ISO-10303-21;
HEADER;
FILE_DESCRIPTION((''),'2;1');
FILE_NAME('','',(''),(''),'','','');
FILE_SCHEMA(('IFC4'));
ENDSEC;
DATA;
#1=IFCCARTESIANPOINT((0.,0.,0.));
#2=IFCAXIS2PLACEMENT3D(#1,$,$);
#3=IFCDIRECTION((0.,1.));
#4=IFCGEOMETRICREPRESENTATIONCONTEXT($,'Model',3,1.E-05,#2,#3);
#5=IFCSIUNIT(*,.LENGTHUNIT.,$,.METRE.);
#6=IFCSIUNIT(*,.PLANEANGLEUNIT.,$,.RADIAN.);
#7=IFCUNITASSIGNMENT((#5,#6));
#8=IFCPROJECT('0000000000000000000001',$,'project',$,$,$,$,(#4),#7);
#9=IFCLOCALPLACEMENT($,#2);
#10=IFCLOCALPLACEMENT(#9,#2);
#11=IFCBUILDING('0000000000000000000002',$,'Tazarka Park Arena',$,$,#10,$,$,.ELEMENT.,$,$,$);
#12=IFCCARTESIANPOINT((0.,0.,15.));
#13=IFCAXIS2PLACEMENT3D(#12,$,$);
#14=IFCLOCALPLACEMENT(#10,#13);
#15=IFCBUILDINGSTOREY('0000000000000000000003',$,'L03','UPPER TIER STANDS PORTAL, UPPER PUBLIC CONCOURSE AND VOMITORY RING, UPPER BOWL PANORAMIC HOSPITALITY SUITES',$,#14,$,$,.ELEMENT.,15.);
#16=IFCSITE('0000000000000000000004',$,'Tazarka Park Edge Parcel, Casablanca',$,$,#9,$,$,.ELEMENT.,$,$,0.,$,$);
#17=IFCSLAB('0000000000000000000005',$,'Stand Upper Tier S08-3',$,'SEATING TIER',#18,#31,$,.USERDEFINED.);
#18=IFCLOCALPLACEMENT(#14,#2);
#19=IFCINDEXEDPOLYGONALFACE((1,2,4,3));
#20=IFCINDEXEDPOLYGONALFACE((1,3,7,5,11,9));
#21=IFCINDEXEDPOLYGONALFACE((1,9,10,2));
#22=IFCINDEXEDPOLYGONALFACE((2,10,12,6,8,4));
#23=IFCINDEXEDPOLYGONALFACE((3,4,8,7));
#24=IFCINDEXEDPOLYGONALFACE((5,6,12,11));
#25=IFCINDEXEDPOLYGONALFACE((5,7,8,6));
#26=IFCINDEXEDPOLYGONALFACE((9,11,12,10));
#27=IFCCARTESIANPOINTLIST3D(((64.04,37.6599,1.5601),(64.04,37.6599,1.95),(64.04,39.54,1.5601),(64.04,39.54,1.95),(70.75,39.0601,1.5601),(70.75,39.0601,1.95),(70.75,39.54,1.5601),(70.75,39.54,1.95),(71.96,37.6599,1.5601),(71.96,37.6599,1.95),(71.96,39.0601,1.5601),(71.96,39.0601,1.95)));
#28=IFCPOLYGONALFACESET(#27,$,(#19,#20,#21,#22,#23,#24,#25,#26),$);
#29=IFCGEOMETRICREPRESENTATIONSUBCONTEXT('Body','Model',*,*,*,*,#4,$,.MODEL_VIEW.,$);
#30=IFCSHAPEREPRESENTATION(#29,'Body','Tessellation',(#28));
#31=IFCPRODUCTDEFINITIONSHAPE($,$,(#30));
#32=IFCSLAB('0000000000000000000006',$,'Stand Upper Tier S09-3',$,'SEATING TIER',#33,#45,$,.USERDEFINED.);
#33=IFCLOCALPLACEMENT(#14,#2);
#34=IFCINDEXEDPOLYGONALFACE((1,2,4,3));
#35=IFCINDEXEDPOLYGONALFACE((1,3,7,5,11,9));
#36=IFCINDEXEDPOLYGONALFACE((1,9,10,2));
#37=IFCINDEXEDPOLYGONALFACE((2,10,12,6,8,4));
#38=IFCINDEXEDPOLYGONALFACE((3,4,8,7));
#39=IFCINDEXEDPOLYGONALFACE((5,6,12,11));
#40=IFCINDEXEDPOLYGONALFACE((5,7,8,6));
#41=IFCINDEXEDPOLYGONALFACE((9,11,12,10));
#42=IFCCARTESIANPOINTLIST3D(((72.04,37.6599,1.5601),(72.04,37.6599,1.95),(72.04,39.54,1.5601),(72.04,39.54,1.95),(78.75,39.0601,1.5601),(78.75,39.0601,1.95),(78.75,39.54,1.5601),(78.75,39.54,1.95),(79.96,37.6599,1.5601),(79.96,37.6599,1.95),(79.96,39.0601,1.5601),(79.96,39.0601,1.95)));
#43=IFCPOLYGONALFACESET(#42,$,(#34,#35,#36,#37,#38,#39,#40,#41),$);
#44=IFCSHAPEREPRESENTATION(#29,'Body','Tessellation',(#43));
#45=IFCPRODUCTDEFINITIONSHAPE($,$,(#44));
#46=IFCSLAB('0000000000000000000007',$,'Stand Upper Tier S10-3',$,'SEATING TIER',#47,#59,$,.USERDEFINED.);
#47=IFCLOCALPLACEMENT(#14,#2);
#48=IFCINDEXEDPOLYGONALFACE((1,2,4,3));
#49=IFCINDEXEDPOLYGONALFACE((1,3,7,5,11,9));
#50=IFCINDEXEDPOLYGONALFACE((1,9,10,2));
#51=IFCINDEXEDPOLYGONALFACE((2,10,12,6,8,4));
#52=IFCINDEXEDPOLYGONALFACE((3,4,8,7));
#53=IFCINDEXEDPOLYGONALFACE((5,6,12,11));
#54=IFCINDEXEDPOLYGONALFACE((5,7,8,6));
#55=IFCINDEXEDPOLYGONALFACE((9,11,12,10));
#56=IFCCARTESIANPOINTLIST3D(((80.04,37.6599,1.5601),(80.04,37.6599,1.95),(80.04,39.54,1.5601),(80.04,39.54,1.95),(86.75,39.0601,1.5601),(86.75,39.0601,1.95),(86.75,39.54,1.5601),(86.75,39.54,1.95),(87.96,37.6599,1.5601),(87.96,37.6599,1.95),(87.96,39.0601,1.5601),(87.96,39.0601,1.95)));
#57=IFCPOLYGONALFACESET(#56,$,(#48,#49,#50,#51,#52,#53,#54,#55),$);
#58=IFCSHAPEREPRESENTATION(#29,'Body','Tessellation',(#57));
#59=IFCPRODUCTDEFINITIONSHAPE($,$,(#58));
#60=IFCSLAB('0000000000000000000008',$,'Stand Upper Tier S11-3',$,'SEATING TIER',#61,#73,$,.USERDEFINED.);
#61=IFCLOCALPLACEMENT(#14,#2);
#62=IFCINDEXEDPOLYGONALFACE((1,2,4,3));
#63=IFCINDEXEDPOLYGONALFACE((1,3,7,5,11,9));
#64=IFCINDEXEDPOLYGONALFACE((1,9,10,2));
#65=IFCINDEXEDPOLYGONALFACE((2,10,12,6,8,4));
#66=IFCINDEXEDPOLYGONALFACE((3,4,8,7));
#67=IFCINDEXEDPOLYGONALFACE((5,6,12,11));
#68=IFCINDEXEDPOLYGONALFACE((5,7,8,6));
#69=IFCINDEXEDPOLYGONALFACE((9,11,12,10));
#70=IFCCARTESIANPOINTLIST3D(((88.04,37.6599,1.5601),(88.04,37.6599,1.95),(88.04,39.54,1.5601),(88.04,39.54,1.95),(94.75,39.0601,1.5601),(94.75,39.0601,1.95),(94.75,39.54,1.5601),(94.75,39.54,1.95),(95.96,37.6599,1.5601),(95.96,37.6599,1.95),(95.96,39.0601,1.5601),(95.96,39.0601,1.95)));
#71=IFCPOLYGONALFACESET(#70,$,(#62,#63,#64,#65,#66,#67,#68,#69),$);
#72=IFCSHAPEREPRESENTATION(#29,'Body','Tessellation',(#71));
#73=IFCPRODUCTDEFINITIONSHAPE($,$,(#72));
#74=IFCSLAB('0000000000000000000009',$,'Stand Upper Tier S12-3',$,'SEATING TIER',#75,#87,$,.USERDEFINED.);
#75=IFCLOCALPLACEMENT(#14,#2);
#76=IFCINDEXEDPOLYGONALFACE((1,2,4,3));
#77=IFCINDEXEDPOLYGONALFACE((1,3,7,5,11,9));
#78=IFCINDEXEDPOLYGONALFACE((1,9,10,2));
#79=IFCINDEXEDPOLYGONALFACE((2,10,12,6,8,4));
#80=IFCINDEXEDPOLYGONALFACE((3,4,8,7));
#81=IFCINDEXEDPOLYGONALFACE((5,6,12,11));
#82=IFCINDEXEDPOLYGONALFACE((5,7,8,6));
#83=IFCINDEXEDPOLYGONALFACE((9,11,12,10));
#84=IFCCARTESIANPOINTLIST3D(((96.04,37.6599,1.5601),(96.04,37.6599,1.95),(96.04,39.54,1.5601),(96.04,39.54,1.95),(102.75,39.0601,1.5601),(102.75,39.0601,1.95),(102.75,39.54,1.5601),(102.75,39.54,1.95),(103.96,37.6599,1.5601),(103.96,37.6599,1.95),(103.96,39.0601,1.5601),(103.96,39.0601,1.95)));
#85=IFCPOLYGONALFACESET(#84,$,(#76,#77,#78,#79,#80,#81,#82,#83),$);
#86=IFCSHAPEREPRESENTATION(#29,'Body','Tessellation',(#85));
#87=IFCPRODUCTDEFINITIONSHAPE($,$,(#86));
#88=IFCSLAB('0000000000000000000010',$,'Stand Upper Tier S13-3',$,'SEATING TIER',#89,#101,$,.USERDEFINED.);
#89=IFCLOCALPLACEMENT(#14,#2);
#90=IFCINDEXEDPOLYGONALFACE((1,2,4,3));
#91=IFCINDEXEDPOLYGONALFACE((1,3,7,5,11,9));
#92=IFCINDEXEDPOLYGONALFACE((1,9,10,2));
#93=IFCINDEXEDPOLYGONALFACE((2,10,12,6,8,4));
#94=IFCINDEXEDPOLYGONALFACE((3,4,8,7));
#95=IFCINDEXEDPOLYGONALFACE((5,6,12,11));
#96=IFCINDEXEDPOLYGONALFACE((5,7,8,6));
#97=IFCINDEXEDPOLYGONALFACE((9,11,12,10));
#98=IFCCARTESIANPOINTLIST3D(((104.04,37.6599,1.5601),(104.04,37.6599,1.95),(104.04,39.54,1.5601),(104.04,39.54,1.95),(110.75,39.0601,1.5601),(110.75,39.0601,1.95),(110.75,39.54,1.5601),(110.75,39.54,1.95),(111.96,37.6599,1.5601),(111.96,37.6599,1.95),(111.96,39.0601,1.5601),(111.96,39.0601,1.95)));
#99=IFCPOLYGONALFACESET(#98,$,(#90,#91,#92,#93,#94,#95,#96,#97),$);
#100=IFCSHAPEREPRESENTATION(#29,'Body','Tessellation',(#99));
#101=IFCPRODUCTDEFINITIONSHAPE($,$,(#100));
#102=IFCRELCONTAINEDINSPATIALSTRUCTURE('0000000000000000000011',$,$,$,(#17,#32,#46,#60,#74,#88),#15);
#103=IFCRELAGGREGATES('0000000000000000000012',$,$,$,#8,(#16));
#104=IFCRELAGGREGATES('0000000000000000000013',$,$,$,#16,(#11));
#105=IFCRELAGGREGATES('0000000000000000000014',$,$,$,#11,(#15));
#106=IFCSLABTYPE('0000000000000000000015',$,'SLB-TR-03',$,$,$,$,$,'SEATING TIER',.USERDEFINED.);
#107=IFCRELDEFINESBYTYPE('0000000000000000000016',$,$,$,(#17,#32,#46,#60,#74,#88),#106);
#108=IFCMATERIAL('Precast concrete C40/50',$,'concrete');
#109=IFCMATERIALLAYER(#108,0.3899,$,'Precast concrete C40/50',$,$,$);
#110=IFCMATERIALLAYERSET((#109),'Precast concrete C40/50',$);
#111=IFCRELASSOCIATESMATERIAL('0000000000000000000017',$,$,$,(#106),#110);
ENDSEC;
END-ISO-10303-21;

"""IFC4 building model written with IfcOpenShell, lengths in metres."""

from ifc_helpers import new_model, si_unit, direction, frame, origin, place, context, subcontext, project, spatial, polyline, outline, extrude, material, layer, layer_set, type_object, element, save


model = new_model("IFC4")

# Units and contexts
model_context = context("Model", 3, precision=1e-05, world=origin(), true_north=direction((0.0, 1.0)))
body_context = subcontext(model_context, "Body", "Model", "MODEL_VIEW")
ifc_project = project(units=[si_unit("LENGTHUNIT", "METRE"), si_unit("PLANEANGLEUNIT", "RADIAN")], contexts=[model_context])

# Site, building, storey
site_placement = place(None, origin())
site = spatial("IfcSite", under=ifc_project, at=site_placement, Name="Tazarka Park Edge Parcel, Casablanca", CompositionType="ELEMENT", RefElevation=0.0)
building_placement = place(site_placement, origin())
building = spatial("IfcBuilding", under=site, at=building_placement, Name="Tazarka Park Arena", CompositionType="ELEMENT")
storey_placement = place(building_placement, frame((0.0, 0.0, 15.0)))
storey = spatial("IfcBuildingStorey", under=building, at=storey_placement, Name="L03", Description="UPPER TIER STANDS PORTAL, UPPER PUBLIC CONCOURSE AND VOMITORY RING, UPPER BOWL PANORAMIC HOSPITALITY SUITES", CompositionType="ELEMENT", Elevation=15.0)

# Slabs
ifc_material_1 = material(Name="Precast concrete C40/50", Category="concrete")
ifc_layer_1 = layer(ifc_material_1, 0.3899, Name="Precast concrete C40/50")
ifc_layer_set_1 = layer_set([ifc_layer_1], Name="Precast concrete C40/50")
slab_type_1 = type_object("IfcSlabType", Name="SLB-TR-03", ElementType="SEATING TIER", PredefinedType="USERDEFINED", material=ifc_layer_set_1)
slab_1_placement = place(storey_placement, frame((0.0, 0.0, 1.5601)))
element("IfcSlab", 1, at=slab_1_placement, inside=storey, type_object=slab_type_1, Name="Stand Upper Tier S08-3", ObjectType="SEATING TIER", PredefinedType="USERDEFINED", context=body_context, shape_type="SweptSolid", body=[
    extrude(outline(polyline([(64.04, 37.6599), (71.96, 37.6599), (71.96, 39.0601), (70.75, 39.0601), (70.75, 39.54), (64.04, 39.54), (64.04, 37.6599)])), origin(), (0.0, 0.0, 1.0), 0.3899),
])
slab_2_placement = place(storey_placement, frame((0.0, 0.0, 1.5601)))
element("IfcSlab", 2, at=slab_2_placement, inside=storey, type_object=slab_type_1, Name="Stand Upper Tier S09-3", ObjectType="SEATING TIER", PredefinedType="USERDEFINED", context=body_context, shape_type="SweptSolid", body=[
    extrude(outline(polyline([(72.04, 37.6599), (79.96, 37.6599), (79.96, 39.0601), (78.75, 39.0601), (78.75, 39.54), (72.04, 39.54), (72.04, 37.6599)])), origin(), (0.0, 0.0, 1.0), 0.3899),
])
slab_3_placement = place(storey_placement, frame((0.0, 0.0, 1.5601)))
element("IfcSlab", 3, at=slab_3_placement, inside=storey, type_object=slab_type_1, Name="Stand Upper Tier S10-3", ObjectType="SEATING TIER", PredefinedType="USERDEFINED", context=body_context, shape_type="SweptSolid", body=[
    extrude(outline(polyline([(80.04, 37.6599), (87.96, 37.6599), (87.96, 39.0601), (86.75, 39.0601), (86.75, 39.54), (80.04, 39.54), (80.04, 37.6599)])), origin(), (0.0, 0.0, 1.0), 0.3899),
])
slab_4_placement = place(storey_placement, frame((0.0, 0.0, 1.5601)))
element("IfcSlab", 4, at=slab_4_placement, inside=storey, type_object=slab_type_1, Name="Stand Upper Tier S11-3", ObjectType="SEATING TIER", PredefinedType="USERDEFINED", context=body_context, shape_type="SweptSolid", body=[
    extrude(outline(polyline([(88.04, 37.6599), (95.96, 37.6599), (95.96, 39.0601), (94.75, 39.0601), (94.75, 39.54), (88.04, 39.54), (88.04, 37.6599)])), origin(), (0.0, 0.0, 1.0), 0.3899),
])
slab_5_placement = place(storey_placement, frame((0.0, 0.0, 1.5601)))
element("IfcSlab", 5, at=slab_5_placement, inside=storey, type_object=slab_type_1, Name="Stand Upper Tier S12-3", ObjectType="SEATING TIER", PredefinedType="USERDEFINED", context=body_context, shape_type="SweptSolid", body=[
    extrude(outline(polyline([(96.04, 37.6599), (103.96, 37.6599), (103.96, 39.0601), (102.75, 39.0601), (102.75, 39.54), (96.04, 39.54), (96.04, 37.6599)])), origin(), (0.0, 0.0, 1.0), 0.3899),
])
slab_6_placement = place(storey_placement, frame((0.0, 0.0, 1.5601)))
element("IfcSlab", 6, at=slab_6_placement, inside=storey, type_object=slab_type_1, Name="Stand Upper Tier S13-3", ObjectType="SEATING TIER", PredefinedType="USERDEFINED", context=body_context, shape_type="SweptSolid", body=[
    extrude(outline(polyline([(104.04, 37.6599), (111.96, 37.6599), (111.96, 39.0601), (110.75, 39.0601), (110.75, 39.54), (104.04, 39.54), (104.04, 37.6599)])), origin(), (0.0, 0.0, 1.0), 0.3899),
])

save(model, "model.ifc")
